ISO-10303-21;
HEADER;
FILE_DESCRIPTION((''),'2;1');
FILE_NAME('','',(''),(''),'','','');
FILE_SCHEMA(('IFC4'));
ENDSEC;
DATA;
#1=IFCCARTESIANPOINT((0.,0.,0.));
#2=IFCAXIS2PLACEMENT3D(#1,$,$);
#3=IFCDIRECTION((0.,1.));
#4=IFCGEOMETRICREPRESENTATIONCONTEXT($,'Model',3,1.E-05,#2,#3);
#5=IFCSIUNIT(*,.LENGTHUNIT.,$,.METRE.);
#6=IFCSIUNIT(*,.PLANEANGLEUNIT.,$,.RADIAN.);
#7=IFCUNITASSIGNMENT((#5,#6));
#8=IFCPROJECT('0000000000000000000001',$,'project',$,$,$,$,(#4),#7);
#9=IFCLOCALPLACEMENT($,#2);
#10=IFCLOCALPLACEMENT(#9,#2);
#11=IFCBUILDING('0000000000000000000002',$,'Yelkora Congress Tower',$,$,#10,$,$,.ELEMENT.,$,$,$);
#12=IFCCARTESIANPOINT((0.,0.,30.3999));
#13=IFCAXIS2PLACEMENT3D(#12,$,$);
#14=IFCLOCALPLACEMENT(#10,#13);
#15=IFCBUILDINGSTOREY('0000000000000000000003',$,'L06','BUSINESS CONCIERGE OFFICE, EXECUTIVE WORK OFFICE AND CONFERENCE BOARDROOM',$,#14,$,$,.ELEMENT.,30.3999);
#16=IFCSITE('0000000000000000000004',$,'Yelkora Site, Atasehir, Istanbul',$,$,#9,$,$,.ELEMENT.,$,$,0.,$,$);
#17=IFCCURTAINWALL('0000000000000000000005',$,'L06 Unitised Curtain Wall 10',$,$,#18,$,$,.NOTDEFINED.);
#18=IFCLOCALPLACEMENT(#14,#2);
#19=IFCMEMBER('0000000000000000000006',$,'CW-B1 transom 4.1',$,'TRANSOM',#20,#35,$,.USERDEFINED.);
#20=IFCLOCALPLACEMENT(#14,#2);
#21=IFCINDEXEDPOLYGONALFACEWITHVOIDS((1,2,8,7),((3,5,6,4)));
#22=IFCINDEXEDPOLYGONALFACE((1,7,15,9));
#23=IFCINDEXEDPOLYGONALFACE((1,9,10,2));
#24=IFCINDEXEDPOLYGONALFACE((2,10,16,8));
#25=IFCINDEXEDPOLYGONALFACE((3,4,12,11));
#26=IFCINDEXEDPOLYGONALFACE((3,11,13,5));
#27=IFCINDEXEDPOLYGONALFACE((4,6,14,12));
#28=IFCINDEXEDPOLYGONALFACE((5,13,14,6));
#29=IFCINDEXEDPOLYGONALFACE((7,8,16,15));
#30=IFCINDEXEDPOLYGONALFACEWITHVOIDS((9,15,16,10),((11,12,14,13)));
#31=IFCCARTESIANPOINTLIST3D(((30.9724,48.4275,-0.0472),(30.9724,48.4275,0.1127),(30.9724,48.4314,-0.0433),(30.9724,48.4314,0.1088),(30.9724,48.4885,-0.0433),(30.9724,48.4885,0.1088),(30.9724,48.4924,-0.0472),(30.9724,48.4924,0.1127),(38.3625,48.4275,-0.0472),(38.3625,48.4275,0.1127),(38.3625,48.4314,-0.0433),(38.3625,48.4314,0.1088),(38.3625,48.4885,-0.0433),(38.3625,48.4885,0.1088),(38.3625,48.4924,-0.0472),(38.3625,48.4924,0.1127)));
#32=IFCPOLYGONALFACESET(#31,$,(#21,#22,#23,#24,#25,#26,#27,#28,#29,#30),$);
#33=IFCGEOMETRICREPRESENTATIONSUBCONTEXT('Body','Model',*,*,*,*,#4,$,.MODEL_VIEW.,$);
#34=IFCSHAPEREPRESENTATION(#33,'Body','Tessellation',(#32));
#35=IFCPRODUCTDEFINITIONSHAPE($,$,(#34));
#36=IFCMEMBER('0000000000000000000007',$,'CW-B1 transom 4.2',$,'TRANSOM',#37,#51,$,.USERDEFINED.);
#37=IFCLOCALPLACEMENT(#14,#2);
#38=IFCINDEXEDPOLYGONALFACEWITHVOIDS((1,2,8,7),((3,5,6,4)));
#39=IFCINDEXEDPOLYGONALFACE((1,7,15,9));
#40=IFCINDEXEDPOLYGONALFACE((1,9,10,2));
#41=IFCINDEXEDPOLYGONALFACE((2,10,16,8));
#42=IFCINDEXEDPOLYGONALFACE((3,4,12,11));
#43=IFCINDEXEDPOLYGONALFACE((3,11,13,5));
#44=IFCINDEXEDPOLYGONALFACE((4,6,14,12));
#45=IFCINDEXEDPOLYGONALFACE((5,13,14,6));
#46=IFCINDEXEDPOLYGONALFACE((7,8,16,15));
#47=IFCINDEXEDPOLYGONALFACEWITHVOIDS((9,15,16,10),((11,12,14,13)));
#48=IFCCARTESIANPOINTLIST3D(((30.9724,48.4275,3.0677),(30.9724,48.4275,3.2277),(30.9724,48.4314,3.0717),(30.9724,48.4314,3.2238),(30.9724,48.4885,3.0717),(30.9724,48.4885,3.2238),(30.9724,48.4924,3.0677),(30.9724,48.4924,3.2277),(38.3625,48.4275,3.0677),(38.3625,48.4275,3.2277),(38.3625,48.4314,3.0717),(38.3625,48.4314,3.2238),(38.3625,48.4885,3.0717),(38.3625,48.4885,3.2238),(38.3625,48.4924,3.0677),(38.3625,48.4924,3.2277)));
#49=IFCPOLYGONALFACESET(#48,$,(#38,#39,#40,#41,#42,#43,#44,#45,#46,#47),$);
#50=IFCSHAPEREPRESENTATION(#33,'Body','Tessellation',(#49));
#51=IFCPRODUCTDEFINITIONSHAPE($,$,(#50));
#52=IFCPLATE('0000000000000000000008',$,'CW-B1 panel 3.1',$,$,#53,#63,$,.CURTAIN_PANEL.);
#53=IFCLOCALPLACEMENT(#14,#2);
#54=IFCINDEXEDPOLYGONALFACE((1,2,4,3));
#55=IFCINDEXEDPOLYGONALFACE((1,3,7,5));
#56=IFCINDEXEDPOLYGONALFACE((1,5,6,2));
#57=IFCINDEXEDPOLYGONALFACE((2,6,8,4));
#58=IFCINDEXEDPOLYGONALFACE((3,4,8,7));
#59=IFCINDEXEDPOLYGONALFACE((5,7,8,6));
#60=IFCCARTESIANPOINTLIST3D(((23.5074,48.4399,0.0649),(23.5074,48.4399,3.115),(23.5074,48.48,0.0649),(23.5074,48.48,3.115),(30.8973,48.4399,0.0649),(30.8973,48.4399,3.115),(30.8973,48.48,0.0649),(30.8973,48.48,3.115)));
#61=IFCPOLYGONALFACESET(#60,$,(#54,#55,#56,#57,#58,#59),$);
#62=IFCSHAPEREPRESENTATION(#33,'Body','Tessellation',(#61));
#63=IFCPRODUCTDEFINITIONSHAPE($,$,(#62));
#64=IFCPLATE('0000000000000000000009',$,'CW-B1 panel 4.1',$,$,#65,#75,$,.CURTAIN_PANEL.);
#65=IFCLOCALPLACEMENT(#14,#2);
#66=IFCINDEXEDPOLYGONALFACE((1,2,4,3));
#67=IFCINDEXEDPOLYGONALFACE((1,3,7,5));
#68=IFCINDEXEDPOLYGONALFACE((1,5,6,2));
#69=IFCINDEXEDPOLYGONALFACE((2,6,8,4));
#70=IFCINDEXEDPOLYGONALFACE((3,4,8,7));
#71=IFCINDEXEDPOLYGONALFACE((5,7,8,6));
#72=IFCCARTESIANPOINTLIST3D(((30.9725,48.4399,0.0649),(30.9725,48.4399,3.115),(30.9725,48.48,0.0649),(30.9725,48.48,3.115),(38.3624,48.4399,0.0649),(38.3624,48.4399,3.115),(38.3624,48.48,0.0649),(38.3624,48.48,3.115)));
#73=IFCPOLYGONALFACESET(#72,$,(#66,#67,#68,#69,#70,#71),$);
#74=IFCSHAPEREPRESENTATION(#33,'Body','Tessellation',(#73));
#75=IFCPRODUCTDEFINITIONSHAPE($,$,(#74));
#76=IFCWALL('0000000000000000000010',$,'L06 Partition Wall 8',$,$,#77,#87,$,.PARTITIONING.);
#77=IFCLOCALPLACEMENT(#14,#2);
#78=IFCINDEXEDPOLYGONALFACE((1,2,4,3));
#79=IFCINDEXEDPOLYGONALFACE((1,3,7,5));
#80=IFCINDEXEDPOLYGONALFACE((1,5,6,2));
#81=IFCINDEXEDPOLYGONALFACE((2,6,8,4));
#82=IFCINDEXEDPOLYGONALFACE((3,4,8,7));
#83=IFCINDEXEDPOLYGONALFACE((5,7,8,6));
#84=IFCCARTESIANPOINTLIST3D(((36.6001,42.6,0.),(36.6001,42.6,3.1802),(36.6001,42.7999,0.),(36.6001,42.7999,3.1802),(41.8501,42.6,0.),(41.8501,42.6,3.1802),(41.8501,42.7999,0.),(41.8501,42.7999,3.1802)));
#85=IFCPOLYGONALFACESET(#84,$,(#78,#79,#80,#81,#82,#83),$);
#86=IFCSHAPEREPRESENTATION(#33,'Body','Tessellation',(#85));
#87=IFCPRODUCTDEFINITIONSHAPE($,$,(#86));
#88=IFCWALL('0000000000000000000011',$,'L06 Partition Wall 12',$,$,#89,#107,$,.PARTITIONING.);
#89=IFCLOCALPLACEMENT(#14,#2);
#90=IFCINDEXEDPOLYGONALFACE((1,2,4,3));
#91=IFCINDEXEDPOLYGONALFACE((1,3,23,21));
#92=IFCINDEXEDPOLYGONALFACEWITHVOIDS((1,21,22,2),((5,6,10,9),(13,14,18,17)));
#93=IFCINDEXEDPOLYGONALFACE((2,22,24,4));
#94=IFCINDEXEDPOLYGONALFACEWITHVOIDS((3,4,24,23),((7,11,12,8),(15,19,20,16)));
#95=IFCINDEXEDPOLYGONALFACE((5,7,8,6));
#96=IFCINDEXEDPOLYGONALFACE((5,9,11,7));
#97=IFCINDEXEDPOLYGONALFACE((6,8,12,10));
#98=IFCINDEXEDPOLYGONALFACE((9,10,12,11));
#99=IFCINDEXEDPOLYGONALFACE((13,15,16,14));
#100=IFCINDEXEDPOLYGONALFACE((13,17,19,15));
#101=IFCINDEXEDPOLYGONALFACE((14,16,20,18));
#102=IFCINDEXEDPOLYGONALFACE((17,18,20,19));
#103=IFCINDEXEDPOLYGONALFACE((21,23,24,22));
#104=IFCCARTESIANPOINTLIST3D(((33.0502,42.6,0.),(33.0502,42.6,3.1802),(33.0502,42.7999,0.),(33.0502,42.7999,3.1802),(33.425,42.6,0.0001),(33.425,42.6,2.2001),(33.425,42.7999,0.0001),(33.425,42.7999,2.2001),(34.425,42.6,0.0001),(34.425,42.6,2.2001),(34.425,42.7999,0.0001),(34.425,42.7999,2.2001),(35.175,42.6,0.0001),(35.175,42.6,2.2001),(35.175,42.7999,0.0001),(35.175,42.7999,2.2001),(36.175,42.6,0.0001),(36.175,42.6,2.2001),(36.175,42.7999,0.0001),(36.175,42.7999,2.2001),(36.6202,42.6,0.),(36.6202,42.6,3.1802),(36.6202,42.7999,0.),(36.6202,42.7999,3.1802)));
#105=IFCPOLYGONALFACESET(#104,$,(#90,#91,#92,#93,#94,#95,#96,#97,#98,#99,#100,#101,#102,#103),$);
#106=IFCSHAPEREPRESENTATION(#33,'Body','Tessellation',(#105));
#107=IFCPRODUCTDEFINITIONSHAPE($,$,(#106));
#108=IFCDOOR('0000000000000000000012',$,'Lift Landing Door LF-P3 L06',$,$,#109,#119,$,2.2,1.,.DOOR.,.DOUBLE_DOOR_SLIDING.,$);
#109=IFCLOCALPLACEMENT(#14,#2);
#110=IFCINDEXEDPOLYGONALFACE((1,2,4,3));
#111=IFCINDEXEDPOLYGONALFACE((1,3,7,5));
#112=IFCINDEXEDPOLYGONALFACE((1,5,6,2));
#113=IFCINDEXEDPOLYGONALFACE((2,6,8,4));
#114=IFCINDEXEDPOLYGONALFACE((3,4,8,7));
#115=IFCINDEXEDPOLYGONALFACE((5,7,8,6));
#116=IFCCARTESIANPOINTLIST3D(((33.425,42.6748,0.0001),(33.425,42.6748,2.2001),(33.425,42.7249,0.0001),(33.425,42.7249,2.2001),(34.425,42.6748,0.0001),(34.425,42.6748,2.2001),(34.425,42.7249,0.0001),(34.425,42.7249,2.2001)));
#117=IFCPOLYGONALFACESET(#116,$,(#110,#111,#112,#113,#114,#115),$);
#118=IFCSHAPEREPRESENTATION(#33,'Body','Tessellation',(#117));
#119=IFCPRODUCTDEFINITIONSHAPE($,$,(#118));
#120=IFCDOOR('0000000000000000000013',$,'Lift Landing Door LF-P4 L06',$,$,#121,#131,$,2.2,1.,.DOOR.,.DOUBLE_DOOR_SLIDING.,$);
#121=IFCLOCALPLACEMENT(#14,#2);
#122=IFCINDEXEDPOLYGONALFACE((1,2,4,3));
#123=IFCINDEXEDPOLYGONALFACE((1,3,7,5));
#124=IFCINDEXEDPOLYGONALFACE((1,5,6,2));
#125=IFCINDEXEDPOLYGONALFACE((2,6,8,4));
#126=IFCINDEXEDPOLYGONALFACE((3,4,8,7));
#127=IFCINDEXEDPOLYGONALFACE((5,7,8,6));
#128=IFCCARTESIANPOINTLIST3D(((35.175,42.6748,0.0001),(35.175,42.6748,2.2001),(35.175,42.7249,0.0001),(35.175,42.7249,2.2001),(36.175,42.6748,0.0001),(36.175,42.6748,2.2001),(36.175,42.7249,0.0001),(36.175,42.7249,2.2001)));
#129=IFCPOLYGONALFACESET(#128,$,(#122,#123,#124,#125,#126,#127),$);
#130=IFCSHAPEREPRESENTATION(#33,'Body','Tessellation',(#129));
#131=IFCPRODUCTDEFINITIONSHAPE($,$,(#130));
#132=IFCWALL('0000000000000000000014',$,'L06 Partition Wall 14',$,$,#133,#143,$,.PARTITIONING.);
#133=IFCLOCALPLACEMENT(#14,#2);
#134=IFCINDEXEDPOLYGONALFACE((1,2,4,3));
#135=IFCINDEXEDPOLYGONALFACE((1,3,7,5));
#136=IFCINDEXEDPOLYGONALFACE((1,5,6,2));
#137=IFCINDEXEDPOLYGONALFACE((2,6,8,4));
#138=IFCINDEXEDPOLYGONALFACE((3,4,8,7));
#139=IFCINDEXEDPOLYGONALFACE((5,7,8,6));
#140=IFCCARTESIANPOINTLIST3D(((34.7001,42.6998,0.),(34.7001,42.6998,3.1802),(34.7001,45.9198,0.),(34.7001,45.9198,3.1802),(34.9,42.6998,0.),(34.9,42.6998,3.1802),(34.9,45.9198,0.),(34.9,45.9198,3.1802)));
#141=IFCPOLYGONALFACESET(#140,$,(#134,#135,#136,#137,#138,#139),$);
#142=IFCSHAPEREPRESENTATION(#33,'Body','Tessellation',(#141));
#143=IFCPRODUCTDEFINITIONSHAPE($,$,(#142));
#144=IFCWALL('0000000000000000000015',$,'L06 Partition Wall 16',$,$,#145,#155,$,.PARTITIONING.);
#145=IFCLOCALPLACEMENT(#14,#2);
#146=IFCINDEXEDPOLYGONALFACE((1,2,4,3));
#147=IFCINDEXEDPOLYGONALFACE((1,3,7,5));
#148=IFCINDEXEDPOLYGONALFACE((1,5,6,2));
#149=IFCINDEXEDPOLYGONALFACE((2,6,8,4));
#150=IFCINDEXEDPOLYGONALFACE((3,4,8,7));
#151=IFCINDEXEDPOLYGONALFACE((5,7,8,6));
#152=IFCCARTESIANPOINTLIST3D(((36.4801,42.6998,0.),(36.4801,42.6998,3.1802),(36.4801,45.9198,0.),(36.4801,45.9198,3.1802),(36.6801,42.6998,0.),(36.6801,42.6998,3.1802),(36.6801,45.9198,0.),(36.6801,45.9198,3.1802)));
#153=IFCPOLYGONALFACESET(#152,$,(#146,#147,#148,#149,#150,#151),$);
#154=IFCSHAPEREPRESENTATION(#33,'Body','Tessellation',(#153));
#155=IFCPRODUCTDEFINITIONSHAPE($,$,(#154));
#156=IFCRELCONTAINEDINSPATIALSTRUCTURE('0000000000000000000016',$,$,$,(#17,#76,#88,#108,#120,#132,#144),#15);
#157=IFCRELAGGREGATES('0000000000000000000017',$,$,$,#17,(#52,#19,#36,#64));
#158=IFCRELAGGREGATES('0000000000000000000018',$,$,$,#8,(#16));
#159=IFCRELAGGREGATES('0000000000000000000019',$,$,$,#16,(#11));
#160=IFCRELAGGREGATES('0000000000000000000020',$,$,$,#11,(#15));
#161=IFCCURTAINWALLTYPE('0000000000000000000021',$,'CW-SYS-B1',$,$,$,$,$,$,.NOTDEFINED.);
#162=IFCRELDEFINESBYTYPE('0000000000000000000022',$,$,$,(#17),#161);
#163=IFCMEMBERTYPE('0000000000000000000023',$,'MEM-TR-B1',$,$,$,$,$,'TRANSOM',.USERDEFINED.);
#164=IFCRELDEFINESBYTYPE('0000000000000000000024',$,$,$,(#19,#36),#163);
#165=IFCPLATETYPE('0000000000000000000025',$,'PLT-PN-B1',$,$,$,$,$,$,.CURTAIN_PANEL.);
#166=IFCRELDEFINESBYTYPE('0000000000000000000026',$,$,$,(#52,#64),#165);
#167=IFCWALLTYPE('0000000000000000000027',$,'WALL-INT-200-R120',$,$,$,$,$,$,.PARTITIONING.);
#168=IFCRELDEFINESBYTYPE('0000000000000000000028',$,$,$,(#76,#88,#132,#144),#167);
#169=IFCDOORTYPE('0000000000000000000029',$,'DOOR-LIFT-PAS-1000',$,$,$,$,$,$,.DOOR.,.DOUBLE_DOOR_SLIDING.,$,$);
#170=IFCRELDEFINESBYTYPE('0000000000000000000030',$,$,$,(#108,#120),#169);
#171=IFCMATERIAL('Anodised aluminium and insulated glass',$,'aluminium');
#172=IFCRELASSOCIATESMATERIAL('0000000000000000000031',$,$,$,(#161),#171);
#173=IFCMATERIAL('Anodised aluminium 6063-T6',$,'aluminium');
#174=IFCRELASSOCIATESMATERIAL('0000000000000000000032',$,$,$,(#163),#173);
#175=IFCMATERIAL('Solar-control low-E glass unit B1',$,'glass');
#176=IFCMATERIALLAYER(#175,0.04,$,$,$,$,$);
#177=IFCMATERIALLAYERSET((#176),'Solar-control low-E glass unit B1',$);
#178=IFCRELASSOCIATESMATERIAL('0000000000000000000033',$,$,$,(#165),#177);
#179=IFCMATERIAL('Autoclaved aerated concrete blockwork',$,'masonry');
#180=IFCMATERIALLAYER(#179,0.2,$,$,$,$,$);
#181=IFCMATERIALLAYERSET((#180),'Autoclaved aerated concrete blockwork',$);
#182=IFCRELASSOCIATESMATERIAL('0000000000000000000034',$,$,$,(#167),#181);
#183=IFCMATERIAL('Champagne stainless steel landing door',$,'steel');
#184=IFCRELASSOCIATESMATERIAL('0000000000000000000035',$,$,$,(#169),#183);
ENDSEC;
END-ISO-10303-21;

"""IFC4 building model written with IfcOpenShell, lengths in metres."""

from ifc_helpers import new_model, si_unit, direction, frame, frame_2d, origin, origin_2d, place, context, subcontext, project, spatial, rectangle, hollow_rectangle, extrude, material, layer, layer_set, material_profile, profile_set, type_object, element, fill, aggregate, save


model = new_model("IFC4")

# Units and contexts
model_context = context("Model", 3, precision=1e-05, world=origin(), true_north=direction((0.0, 1.0)))
body_context = subcontext(model_context, "Body", "Model", "MODEL_VIEW")
ifc_project = project(units=[si_unit("LENGTHUNIT", "METRE"), si_unit("PLANEANGLEUNIT", "RADIAN")], contexts=[model_context])

# Site, building, storey
site_placement = place(None, origin())
site = spatial("IfcSite", under=ifc_project, at=site_placement, Name="Yelkora Site, Atasehir, Istanbul", CompositionType="ELEMENT", RefElevation=0.0)
building_placement = place(site_placement, origin())
building = spatial("IfcBuilding", under=site, at=building_placement, Name="Yelkora Congress Tower", CompositionType="ELEMENT")
storey_placement = place(building_placement, frame((0.0, 0.0, 30.3999)))
storey = spatial("IfcBuildingStorey", under=building, at=storey_placement, Name="L06", Description="BUSINESS CONCIERGE OFFICE, EXECUTIVE WORK OFFICE AND CONFERENCE BOARDROOM", CompositionType="ELEMENT", Elevation=30.3999)

# Curtain wall, members, plates
ifc_material_1 = material(Name="Anodised aluminium and insulated glass", Category="aluminium")
curtain_wall_type = type_object("IfcCurtainWallType", Name="CW-SYS-B1", PredefinedType="NOTDEFINED", material=ifc_material_1)
curtain_wall_placement = place(storey_placement, origin())
curtain_wall = element("IfcCurtainWall", 1, at=curtain_wall_placement, inside=storey, type_object=curtain_wall_type, Name="L06 Unitised Curtain Wall 10", PredefinedType="NOTDEFINED")
ifc_material_2 = material(Name="Anodised aluminium 6063-T6", Category="aluminium")
ifc_material_profile_1 = material_profile(ifc_material_2, hollow_rectangle(XDim=0.0649, YDim=0.1599, WallThickness=0.0039, at=origin_2d()), Name="ALU 65x160x4")
ifc_profile_set_1 = profile_set([ifc_material_profile_1], Name="Anodised aluminium 6063-T6")
member_type_1 = type_object("IfcMemberType", Name="MEM-TR-B1", ElementType="TRANSOM", PredefinedType="USERDEFINED", material=ifc_profile_set_1)
member_1_placement = place(storey_placement, frame((30.9724, 48.46, 0.0327), z_axis=(1.0, 0.0, 0.0), x_axis=(0.0, 1.0, 0.0)))
member_1 = element("IfcMember", 2, at=member_1_placement, type_object=member_type_1, Name="CW-B1 transom 4.1", ObjectType="TRANSOM", PredefinedType="USERDEFINED", context=body_context, shape_type="SweptSolid", body=[
    extrude(hollow_rectangle(XDim=0.0649, YDim=0.1599, WallThickness=0.0039, at=origin_2d()), origin(), (0.0, 0.0, 1.0), 7.3901),
])
member_2_placement = place(storey_placement, frame((30.9724, 48.46, 3.1477), z_axis=(1.0, 0.0, 0.0), x_axis=(0.0, 1.0, 0.0)))
member_2 = element("IfcMember", 3, at=member_2_placement, type_object=member_type_1, Name="CW-B1 transom 4.2", ObjectType="TRANSOM", PredefinedType="USERDEFINED", context=body_context, shape_type="SweptSolid", body=[
    extrude(hollow_rectangle(XDim=0.0649, YDim=0.1599, WallThickness=0.0039, at=origin_2d()), origin(), (0.0, 0.0, 1.0), 7.3901),
])
ifc_material_3 = material(Name="Solar-control low-E glass unit B1", Category="glass")
ifc_layer_1 = layer(ifc_material_3, 0.04)
ifc_layer_set_1 = layer_set([ifc_layer_1], Name="Solar-control low-E glass unit B1")
plate_type = type_object("IfcPlateType", Name="PLT-PN-B1", PredefinedType="CURTAIN_PANEL", material=ifc_layer_set_1)
plate_1_placement = place(storey_placement, frame((27.2024, 48.46, 0.0649), z_axis=(0.0, 0.0, 1.0), x_axis=(1.0, 0.0, 0.0)))
plate_1 = element("IfcPlate", 4, at=plate_1_placement, type_object=plate_type, Name="CW-B1 panel 3.1", PredefinedType="CURTAIN_PANEL", context=body_context, shape_type="SweptSolid", body=[
    extrude(rectangle(XDim=7.3899, YDim=0.04, at=origin_2d()), origin(), (0.0, 0.0, 1.0), 3.05),
])
plate_2_placement = place(storey_placement, frame((34.6675, 48.46, 0.0649), z_axis=(0.0, 0.0, 1.0), x_axis=(1.0, 0.0, 0.0)))
plate_2 = element("IfcPlate", 5, at=plate_2_placement, type_object=plate_type, Name="CW-B1 panel 4.1", PredefinedType="CURTAIN_PANEL", context=body_context, shape_type="SweptSolid", body=[
    extrude(rectangle(XDim=7.3899, YDim=0.04, at=origin_2d()), origin(), (0.0, 0.0, 1.0), 3.05),
])
aggregate(curtain_wall, [plate_1, member_1, member_2, plate_2])

# Shared definitions
ifc_material_4 = material(Name="Autoclaved aerated concrete blockwork", Category="masonry")
ifc_layer_2 = layer(ifc_material_4, 0.2)
ifc_layer_set_2 = layer_set([ifc_layer_2], Name="Autoclaved aerated concrete blockwork")
wall_type = type_object("IfcWallType", Name="WALL-INT-200-R120", PredefinedType="PARTITIONING", material=ifc_layer_set_2)

# Wall
wall_1_placement = place(storey_placement, frame((36.6001, 42.7, 0.0), z_axis=(0.0, 0.0, 1.0), x_axis=(1.0, 0.0, 0.0)))
element("IfcWall", 6, at=wall_1_placement, inside=storey, type_object=wall_type, Name="L06 Partition Wall 8", PredefinedType="PARTITIONING", context=body_context, shape_type="SweptSolid", body=[
    extrude(rectangle(XDim=5.25, YDim=0.2, at=frame_2d((2.625, 0.0))), origin(), (0.0, 0.0, 1.0), 3.1802),
])

# Wall, openings, doors
wall_2_placement = place(storey_placement, frame((33.05, 42.7, 0.0), z_axis=(0.0, 0.0, 1.0), x_axis=(1.0, 0.0, 0.0)))
wall_2 = element("IfcWall", 7, at=wall_2_placement, inside=storey, type_object=wall_type, Name="L06 Partition Wall 12", PredefinedType="PARTITIONING", context=body_context, shape_type="SweptSolid", body=[
    extrude(rectangle(XDim=3.5701, YDim=0.2, at=frame_2d((1.7852, 0.0))), origin(), (0.0, 0.0, 1.0), 3.1802),
])
opening_1_placement = place(wall_2_placement, frame((0.375, 0.0, 0.0)))
opening_1 = element("IfcOpeningElement", 8, at=opening_1_placement, cuts=wall_2, PredefinedType="OPENING", context=body_context, shape_type="SweptSolid", body=[
    extrude(rectangle(XDim=1.0, YDim=2.2, at=frame_2d((0.5, 1.1001))), frame((0.0, 0.1099, 0.0), z_axis=(0.0, -1.0, 0.0), x_axis=(1.0, 0.0, 0.0)), (0.0, 0.0, 1.0), 0.22),
])
opening_2_placement = place(wall_2_placement, frame((2.125, 0.0, 0.0)))
opening_2 = element("IfcOpeningElement", 9, at=opening_2_placement, cuts=wall_2, PredefinedType="OPENING", context=body_context, shape_type="SweptSolid", body=[
    extrude(rectangle(XDim=1.0, YDim=2.2, at=frame_2d((0.5, 1.1001))), frame((0.0, 0.1099, 0.0), z_axis=(0.0, -1.0, 0.0), x_axis=(1.0, 0.0, 0.0)), (0.0, 0.0, 1.0), 0.22),
])
ifc_material_5 = material(Name="Champagne stainless steel landing door", Category="steel")
door_type_1 = type_object("IfcDoorType", Name="DOOR-LIFT-PAS-1000", OperationType="DOUBLE_DOOR_SLIDING", PredefinedType="DOOR", material=ifc_material_5)
door_1_placement = place(opening_1_placement, origin())
door_1 = element("IfcDoor", 10, at=door_1_placement, inside=storey, type_object=door_type_1, Name="Lift Landing Door LF-P3 L06", OperationType="DOUBLE_DOOR_SLIDING", OverallHeight=2.2, OverallWidth=1.0, PredefinedType="DOOR", context=body_context, shape_type="SweptSolid", body=[
    extrude(rectangle(XDim=1.0, YDim=2.2, at=frame_2d((0.5, 1.1001))), frame((0.0, 0.0249, 0.0), z_axis=(0.0, -1.0, 0.0), x_axis=(1.0, 0.0, 0.0)), (0.0, 0.0, 1.0), 0.05),
])
fill(opening_1, door_1)
door_2_placement = place(opening_2_placement, origin())
door_2 = element("IfcDoor", 11, at=door_2_placement, inside=storey, type_object=door_type_1, Name="Lift Landing Door LF-P4 L06", OperationType="DOUBLE_DOOR_SLIDING", OverallHeight=2.2, OverallWidth=1.0, PredefinedType="DOOR", context=body_context, shape_type="SweptSolid", body=[
    extrude(rectangle(XDim=1.0, YDim=2.2, at=frame_2d((0.5, 1.1001))), frame((0.0, 0.0249, 0.0), z_axis=(0.0, -1.0, 0.0), x_axis=(1.0, 0.0, 0.0)), (0.0, 0.0, 1.0), 0.05),
])
fill(opening_2, door_2)

# Walls
for number, where, z_axis, x_axis, name in (
    (12, (34.8, 42.7, 0.0), (0.0, 0.0, 1.0), (0.0, 1.0, 0.0), "L06 Partition Wall 14"),
    (13, (36.5801, 42.7, 0.0), (0.0, 0.0, 1.0), (0.0, 1.0, 0.0), "L06 Partition Wall 16"),
):
    element("IfcWall", number, at=place(storey_placement, frame(where, z_axis=z_axis, x_axis=x_axis)), inside=storey, type_object=wall_type, Name=name, PredefinedType="PARTITIONING", context=body_context, shape_type="SweptSolid", body=[
        extrude(rectangle(XDim=3.22, YDim=0.2, at=frame_2d((1.6099, 0.0))), origin(), (0.0, 0.0, 1.0), 3.1802),
    ])

save(model, "model.ifc")
